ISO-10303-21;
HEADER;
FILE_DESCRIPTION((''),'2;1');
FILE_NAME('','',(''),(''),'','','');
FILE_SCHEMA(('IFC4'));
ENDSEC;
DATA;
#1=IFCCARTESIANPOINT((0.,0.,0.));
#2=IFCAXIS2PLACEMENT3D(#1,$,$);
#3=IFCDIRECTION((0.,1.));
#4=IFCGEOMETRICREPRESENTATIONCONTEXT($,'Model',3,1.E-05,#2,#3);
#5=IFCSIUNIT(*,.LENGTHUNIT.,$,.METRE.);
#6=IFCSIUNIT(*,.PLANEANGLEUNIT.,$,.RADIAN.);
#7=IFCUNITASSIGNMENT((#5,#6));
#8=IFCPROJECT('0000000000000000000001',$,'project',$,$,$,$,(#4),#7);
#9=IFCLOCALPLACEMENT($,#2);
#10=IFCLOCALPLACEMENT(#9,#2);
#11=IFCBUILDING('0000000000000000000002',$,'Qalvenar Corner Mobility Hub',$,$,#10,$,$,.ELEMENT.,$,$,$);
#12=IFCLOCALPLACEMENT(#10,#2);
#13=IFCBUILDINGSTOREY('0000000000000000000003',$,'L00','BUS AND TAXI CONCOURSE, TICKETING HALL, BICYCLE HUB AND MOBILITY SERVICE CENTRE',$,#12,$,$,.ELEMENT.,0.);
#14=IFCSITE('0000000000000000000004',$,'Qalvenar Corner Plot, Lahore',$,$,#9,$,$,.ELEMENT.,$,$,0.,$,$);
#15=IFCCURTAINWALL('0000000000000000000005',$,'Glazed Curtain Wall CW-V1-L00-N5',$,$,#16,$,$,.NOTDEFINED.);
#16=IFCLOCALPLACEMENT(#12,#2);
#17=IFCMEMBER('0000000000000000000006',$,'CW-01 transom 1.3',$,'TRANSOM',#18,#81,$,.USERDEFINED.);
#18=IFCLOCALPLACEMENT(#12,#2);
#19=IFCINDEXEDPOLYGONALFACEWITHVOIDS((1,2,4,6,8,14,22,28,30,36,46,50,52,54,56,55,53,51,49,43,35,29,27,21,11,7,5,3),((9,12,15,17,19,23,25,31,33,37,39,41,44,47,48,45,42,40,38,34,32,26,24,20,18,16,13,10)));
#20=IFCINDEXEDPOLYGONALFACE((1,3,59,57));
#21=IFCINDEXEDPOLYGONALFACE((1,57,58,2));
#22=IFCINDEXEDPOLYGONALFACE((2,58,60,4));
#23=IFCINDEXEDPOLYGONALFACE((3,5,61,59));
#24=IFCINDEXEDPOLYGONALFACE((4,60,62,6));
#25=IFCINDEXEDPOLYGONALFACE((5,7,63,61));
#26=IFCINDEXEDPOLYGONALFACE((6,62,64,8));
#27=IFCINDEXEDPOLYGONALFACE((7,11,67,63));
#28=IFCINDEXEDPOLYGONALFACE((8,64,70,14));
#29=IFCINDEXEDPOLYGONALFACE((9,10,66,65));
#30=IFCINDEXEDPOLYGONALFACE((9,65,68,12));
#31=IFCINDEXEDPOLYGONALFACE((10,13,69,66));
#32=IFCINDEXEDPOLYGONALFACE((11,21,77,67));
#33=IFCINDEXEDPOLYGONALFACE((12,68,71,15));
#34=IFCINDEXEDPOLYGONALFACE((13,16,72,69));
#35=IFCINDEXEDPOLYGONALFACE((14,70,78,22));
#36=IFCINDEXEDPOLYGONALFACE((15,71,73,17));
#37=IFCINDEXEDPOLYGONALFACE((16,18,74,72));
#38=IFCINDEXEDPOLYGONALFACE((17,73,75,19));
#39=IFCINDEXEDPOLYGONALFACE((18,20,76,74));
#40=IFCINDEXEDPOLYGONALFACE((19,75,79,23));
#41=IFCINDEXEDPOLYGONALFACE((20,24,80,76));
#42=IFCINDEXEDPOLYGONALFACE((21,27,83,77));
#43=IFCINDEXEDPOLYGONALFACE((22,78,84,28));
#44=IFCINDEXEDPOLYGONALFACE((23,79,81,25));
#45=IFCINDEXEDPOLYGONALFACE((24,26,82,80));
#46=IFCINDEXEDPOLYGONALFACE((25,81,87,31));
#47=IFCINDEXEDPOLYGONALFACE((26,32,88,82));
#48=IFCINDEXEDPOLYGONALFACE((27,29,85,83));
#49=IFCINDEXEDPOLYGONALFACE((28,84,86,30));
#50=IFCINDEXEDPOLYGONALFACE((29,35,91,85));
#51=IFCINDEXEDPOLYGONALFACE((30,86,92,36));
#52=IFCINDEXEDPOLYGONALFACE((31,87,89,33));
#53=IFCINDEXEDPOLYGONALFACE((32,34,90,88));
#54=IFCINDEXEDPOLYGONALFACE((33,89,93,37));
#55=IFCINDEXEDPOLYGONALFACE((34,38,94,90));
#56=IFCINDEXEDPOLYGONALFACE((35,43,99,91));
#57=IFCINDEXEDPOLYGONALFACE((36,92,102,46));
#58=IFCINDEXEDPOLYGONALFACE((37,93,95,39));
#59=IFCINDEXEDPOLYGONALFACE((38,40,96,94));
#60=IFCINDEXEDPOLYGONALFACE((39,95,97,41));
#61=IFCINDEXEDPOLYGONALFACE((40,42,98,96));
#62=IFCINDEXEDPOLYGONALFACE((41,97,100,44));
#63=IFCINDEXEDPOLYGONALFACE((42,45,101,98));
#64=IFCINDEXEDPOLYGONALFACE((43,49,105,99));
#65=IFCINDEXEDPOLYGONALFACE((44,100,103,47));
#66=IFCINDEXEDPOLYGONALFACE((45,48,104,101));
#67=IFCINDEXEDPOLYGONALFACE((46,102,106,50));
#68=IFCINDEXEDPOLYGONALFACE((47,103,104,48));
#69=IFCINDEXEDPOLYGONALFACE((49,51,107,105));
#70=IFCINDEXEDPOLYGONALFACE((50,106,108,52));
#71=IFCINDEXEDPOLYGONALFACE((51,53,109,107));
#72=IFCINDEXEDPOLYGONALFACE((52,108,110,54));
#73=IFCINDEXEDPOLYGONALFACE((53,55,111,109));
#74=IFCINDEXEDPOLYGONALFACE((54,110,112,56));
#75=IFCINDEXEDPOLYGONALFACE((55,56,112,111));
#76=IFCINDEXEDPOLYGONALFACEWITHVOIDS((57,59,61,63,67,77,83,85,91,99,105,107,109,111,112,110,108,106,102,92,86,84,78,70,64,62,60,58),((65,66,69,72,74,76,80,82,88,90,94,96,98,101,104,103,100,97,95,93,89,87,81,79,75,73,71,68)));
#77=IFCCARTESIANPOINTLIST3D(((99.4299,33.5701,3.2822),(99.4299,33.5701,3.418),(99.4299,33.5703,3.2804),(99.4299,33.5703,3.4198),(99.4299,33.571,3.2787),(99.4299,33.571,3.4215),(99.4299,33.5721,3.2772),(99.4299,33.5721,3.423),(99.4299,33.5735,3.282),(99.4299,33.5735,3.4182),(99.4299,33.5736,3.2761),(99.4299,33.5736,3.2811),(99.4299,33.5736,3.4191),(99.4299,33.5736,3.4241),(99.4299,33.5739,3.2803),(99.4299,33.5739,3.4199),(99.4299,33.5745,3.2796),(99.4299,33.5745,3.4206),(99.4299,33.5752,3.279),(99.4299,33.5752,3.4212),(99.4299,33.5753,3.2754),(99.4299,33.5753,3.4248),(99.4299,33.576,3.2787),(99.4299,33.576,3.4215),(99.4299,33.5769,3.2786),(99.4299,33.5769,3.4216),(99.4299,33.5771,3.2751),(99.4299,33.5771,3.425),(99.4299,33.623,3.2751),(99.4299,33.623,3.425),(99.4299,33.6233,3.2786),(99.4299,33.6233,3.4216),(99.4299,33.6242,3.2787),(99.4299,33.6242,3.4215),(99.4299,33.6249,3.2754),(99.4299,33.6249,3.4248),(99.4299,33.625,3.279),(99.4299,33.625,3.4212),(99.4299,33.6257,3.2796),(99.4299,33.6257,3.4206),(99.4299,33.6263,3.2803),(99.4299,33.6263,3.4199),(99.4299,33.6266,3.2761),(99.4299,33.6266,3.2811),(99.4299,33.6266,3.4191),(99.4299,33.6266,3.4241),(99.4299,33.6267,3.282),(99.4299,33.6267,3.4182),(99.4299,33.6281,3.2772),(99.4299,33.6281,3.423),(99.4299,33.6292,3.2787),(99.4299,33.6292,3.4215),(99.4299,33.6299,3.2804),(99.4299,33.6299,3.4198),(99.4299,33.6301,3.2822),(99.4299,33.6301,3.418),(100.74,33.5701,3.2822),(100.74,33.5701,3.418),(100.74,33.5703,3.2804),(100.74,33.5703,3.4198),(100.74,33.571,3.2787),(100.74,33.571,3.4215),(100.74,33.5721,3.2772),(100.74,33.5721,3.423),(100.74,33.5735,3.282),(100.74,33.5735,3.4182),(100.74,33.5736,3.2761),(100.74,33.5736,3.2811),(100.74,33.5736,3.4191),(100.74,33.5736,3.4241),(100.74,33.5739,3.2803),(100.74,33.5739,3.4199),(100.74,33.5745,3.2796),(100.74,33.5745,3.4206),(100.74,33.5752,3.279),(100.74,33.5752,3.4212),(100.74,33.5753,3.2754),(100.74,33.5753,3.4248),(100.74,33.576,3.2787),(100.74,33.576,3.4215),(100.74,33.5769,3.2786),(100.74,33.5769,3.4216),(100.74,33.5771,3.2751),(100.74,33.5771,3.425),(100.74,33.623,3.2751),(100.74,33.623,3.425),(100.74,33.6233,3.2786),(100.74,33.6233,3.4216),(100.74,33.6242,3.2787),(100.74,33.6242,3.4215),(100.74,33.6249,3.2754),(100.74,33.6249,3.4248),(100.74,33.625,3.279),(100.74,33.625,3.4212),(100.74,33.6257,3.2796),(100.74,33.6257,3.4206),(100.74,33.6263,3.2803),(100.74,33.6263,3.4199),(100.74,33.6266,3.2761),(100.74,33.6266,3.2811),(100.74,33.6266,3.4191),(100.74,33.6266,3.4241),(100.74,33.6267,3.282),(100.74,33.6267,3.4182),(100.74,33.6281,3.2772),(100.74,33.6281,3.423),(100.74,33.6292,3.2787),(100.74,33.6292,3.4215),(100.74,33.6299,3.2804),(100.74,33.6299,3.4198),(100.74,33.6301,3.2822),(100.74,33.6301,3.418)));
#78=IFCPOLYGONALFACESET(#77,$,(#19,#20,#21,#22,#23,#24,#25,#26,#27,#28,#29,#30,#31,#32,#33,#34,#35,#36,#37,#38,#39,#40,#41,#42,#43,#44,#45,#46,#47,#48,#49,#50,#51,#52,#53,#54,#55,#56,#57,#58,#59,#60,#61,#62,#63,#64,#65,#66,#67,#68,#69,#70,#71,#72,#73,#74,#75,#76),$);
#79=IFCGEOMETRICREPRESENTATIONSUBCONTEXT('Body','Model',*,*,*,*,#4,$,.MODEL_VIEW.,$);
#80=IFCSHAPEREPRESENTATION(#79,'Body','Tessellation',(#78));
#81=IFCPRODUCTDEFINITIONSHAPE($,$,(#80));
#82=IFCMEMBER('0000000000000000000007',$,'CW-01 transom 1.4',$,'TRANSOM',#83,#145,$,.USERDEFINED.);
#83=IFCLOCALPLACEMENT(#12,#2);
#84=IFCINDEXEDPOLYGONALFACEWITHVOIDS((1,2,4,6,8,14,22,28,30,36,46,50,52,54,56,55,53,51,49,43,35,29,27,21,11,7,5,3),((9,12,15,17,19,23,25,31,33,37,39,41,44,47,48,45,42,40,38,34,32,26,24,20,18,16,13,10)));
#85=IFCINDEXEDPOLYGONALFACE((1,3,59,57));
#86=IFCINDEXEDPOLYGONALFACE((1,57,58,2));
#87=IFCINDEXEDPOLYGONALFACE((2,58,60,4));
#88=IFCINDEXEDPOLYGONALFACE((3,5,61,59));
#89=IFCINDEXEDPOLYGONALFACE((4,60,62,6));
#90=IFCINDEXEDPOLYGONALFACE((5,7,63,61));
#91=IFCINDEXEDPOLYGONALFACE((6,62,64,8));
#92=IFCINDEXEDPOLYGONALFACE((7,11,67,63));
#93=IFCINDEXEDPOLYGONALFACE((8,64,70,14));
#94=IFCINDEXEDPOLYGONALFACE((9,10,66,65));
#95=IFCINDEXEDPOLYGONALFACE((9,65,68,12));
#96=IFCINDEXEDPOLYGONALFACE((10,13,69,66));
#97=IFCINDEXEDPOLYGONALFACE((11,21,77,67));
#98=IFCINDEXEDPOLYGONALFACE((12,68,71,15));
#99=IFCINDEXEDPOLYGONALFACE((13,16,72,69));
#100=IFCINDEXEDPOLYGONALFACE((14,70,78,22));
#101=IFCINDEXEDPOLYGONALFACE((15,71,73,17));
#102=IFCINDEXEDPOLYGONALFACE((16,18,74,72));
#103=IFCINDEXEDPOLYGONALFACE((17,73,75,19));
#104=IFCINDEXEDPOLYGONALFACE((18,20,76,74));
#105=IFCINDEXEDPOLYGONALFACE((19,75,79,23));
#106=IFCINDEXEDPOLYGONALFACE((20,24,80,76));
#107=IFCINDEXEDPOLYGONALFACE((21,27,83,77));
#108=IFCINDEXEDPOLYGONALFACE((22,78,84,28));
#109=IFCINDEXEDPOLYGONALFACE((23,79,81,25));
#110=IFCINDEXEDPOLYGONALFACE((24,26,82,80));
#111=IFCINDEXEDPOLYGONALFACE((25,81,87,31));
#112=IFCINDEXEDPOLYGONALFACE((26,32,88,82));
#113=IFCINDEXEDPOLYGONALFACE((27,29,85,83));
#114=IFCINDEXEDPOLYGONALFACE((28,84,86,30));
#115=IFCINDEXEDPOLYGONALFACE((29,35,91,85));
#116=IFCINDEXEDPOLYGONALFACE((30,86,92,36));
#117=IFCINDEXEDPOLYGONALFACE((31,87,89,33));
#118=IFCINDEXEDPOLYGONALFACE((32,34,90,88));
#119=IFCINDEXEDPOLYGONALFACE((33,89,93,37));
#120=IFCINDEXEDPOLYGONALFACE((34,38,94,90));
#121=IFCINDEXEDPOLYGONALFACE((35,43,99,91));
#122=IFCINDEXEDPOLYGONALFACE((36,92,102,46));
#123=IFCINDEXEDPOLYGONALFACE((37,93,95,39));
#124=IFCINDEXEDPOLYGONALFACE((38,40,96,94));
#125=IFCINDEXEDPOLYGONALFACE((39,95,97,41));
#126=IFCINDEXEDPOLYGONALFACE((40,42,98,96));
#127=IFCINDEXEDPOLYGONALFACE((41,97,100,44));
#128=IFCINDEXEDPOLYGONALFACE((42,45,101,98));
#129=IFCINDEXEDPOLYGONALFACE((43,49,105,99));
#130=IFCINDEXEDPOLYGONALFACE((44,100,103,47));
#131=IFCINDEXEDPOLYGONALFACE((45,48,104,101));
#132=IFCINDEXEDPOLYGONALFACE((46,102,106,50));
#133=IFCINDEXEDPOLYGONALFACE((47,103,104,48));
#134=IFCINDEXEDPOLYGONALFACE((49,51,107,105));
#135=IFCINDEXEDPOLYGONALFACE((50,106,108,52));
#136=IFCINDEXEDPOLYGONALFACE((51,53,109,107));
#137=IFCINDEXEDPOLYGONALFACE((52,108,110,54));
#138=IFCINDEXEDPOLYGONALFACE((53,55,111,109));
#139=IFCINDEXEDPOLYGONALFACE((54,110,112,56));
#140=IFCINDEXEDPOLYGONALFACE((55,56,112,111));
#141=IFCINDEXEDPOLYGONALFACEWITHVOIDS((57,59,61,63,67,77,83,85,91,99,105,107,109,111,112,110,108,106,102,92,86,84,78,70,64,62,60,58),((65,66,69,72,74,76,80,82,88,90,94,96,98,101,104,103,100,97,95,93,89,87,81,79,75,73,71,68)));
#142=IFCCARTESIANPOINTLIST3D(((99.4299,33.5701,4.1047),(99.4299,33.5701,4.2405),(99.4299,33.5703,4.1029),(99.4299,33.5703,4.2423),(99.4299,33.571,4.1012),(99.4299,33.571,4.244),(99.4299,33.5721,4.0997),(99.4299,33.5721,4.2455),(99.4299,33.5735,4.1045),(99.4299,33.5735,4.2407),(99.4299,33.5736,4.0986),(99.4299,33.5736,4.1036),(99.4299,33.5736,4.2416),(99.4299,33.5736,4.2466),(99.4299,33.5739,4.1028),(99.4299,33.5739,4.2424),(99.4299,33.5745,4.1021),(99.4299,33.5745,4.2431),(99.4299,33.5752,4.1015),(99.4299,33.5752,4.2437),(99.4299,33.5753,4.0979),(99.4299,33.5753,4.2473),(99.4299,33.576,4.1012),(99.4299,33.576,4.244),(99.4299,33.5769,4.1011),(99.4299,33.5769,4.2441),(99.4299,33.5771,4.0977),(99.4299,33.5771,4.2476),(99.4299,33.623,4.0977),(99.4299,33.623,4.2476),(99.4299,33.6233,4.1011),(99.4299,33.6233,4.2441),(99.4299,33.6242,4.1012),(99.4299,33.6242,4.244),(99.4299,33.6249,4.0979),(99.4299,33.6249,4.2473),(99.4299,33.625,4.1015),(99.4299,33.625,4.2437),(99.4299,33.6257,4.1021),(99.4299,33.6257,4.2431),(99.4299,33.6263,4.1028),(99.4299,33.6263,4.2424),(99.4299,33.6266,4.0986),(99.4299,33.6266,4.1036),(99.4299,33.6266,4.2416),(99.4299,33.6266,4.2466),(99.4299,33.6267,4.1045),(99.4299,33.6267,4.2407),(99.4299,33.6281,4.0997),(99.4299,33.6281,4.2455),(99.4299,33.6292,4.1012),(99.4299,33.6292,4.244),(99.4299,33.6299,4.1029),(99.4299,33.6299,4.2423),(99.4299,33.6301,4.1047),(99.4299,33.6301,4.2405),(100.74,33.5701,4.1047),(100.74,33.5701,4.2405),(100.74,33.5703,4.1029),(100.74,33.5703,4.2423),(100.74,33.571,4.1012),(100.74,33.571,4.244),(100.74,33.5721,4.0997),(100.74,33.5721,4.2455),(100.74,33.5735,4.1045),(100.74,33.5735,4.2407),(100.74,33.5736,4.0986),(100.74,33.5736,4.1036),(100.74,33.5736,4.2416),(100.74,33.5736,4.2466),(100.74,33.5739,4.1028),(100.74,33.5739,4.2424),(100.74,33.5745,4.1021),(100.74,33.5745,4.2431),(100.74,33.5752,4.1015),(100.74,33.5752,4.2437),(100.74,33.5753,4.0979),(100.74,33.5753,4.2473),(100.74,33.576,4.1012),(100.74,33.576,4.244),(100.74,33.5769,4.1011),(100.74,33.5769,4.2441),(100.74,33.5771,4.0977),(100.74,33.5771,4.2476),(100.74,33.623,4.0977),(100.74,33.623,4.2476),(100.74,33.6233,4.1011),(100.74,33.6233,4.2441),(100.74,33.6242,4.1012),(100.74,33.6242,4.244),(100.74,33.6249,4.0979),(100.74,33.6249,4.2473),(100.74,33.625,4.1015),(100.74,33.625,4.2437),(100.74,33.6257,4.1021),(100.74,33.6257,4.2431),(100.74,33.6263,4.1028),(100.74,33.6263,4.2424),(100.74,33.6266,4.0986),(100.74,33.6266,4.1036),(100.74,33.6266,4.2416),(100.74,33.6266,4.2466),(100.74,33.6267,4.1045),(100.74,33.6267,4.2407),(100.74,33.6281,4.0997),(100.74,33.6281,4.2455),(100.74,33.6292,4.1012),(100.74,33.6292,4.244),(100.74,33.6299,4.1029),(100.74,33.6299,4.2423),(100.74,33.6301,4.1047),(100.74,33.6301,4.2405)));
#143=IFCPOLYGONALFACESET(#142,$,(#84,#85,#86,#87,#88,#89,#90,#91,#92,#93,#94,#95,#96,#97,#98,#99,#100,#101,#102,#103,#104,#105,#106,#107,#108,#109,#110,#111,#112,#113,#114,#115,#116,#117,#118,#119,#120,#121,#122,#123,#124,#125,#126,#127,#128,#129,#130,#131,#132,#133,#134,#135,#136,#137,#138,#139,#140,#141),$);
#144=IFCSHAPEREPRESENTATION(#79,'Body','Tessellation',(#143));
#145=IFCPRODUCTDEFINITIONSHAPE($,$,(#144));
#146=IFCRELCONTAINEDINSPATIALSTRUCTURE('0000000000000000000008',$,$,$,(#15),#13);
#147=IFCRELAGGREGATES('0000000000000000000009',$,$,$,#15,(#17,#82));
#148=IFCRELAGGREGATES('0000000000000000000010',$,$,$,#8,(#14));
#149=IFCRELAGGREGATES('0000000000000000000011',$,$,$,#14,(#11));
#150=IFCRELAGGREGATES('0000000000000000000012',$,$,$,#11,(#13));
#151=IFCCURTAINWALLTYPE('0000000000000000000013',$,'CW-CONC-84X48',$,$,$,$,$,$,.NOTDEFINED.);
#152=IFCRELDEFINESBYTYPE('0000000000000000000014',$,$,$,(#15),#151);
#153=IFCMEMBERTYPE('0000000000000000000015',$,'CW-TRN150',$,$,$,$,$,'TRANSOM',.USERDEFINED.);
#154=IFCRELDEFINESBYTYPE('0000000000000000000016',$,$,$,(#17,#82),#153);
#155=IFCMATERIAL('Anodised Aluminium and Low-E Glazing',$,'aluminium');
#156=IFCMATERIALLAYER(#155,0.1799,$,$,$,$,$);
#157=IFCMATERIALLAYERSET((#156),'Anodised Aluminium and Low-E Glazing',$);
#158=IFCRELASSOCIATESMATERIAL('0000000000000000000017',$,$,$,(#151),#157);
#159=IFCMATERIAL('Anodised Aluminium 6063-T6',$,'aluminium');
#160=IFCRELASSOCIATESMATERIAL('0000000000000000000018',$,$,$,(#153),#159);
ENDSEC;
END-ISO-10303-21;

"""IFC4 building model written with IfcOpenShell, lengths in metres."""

from ifc_helpers import new_model, si_unit, direction, frame, origin, origin_2d, place, context, subcontext, project, spatial, hollow_rectangle, extrude, material, layer, layer_set, material_profile, profile_set, type_object, element, aggregate, save


model = new_model("IFC4")

# Units and contexts
model_context = context("Model", 3, precision=1e-05, world=origin(), true_north=direction((0.0, 1.0)))
body_context = subcontext(model_context, "Body", "Model", "MODEL_VIEW")
ifc_project = project(units=[si_unit("LENGTHUNIT", "METRE"), si_unit("PLANEANGLEUNIT", "RADIAN")], contexts=[model_context])

# Site, building, storey
site_placement = place(None, origin())
site = spatial("IfcSite", under=ifc_project, at=site_placement, Name="Qalvenar Corner Plot, Lahore", CompositionType="ELEMENT", RefElevation=0.0)
building_placement = place(site_placement, origin())
building = spatial("IfcBuilding", under=site, at=building_placement, Name="Qalvenar Corner Mobility Hub", CompositionType="ELEMENT")
storey_placement = place(building_placement, origin())
storey = spatial("IfcBuildingStorey", under=building, at=storey_placement, Name="L00", Description="BUS AND TAXI CONCOURSE, TICKETING HALL, BICYCLE HUB AND MOBILITY SERVICE CENTRE", CompositionType="ELEMENT", Elevation=0.0)

# Curtain wall
ifc_material_1 = material(Name="Anodised Aluminium and Low-E Glazing", Category="aluminium")
ifc_material_2 = material(Name="Anodised Aluminium 6063-T6", Category="aluminium")
ifc_layer_1 = layer(ifc_material_1, 0.1799)
ifc_layer_set_1 = layer_set([ifc_layer_1], Name="Anodised Aluminium and Low-E Glazing")
curtain_wall_type_1 = type_object("IfcCurtainWallType", Name="CW-CONC-84X48", PredefinedType="NOTDEFINED", material=ifc_layer_set_1)
curtain_wall_1_placement = place(storey_placement, origin())
curtain_wall_1 = element("IfcCurtainWall", 1, at=curtain_wall_1_placement, inside=storey, type_object=curtain_wall_type_1, Name="Glazed Curtain Wall CW-V1-L00-N5", PredefinedType="NOTDEFINED")

# Members
ifc_material_profile_1 = material_profile(ifc_material_2, hollow_rectangle(XDim=0.0601, YDim=0.1499, WallThickness=0.0034, InnerFilletRadius=0.0034, OuterFilletRadius=0.0071, at=origin_2d()), Name="RHS150x60x3.5")
ifc_profile_set_1 = profile_set([ifc_material_profile_1], Name="Anodised Aluminium 6063-T6")
member_type_1 = type_object("IfcMemberType", Name="CW-TRN150", ElementType="TRANSOM", PredefinedType="USERDEFINED", material=ifc_profile_set_1)
member_1_placement = place(storey_placement, frame((100.74, 33.6001, 3.3501), z_axis=(-1.0, 0.0, 0.0), x_axis=(0.0, -1.0, 0.0)))
member_1 = element("IfcMember", 2, at=member_1_placement, type_object=member_type_1, Name="CW-01 transom 1.3", ObjectType="TRANSOM", PredefinedType="USERDEFINED", context=body_context, shape_type="SweptSolid", body=[
    extrude(hollow_rectangle(XDim=0.0601, YDim=0.1499, WallThickness=0.0034, InnerFilletRadius=0.0034, OuterFilletRadius=0.0071, at=origin_2d()), origin(), (0.0, 0.0, 1.0), 1.3101),
])
member_2_placement = place(storey_placement, frame((100.74, 33.6001, 4.1726), z_axis=(-1.0, 0.0, 0.0), x_axis=(0.0, -1.0, 0.0)))
member_2 = element("IfcMember", 3, at=member_2_placement, type_object=member_type_1, Name="CW-01 transom 1.4", ObjectType="TRANSOM", PredefinedType="USERDEFINED", context=body_context, shape_type="SweptSolid", body=[
    extrude(hollow_rectangle(XDim=0.0601, YDim=0.1499, WallThickness=0.0034, InnerFilletRadius=0.0034, OuterFilletRadius=0.0071, at=origin_2d()), origin(), (0.0, 0.0, 1.0), 1.3101),
])

aggregate(curtain_wall_1, [member_1, member_2])

save(model, "model.ifc")
